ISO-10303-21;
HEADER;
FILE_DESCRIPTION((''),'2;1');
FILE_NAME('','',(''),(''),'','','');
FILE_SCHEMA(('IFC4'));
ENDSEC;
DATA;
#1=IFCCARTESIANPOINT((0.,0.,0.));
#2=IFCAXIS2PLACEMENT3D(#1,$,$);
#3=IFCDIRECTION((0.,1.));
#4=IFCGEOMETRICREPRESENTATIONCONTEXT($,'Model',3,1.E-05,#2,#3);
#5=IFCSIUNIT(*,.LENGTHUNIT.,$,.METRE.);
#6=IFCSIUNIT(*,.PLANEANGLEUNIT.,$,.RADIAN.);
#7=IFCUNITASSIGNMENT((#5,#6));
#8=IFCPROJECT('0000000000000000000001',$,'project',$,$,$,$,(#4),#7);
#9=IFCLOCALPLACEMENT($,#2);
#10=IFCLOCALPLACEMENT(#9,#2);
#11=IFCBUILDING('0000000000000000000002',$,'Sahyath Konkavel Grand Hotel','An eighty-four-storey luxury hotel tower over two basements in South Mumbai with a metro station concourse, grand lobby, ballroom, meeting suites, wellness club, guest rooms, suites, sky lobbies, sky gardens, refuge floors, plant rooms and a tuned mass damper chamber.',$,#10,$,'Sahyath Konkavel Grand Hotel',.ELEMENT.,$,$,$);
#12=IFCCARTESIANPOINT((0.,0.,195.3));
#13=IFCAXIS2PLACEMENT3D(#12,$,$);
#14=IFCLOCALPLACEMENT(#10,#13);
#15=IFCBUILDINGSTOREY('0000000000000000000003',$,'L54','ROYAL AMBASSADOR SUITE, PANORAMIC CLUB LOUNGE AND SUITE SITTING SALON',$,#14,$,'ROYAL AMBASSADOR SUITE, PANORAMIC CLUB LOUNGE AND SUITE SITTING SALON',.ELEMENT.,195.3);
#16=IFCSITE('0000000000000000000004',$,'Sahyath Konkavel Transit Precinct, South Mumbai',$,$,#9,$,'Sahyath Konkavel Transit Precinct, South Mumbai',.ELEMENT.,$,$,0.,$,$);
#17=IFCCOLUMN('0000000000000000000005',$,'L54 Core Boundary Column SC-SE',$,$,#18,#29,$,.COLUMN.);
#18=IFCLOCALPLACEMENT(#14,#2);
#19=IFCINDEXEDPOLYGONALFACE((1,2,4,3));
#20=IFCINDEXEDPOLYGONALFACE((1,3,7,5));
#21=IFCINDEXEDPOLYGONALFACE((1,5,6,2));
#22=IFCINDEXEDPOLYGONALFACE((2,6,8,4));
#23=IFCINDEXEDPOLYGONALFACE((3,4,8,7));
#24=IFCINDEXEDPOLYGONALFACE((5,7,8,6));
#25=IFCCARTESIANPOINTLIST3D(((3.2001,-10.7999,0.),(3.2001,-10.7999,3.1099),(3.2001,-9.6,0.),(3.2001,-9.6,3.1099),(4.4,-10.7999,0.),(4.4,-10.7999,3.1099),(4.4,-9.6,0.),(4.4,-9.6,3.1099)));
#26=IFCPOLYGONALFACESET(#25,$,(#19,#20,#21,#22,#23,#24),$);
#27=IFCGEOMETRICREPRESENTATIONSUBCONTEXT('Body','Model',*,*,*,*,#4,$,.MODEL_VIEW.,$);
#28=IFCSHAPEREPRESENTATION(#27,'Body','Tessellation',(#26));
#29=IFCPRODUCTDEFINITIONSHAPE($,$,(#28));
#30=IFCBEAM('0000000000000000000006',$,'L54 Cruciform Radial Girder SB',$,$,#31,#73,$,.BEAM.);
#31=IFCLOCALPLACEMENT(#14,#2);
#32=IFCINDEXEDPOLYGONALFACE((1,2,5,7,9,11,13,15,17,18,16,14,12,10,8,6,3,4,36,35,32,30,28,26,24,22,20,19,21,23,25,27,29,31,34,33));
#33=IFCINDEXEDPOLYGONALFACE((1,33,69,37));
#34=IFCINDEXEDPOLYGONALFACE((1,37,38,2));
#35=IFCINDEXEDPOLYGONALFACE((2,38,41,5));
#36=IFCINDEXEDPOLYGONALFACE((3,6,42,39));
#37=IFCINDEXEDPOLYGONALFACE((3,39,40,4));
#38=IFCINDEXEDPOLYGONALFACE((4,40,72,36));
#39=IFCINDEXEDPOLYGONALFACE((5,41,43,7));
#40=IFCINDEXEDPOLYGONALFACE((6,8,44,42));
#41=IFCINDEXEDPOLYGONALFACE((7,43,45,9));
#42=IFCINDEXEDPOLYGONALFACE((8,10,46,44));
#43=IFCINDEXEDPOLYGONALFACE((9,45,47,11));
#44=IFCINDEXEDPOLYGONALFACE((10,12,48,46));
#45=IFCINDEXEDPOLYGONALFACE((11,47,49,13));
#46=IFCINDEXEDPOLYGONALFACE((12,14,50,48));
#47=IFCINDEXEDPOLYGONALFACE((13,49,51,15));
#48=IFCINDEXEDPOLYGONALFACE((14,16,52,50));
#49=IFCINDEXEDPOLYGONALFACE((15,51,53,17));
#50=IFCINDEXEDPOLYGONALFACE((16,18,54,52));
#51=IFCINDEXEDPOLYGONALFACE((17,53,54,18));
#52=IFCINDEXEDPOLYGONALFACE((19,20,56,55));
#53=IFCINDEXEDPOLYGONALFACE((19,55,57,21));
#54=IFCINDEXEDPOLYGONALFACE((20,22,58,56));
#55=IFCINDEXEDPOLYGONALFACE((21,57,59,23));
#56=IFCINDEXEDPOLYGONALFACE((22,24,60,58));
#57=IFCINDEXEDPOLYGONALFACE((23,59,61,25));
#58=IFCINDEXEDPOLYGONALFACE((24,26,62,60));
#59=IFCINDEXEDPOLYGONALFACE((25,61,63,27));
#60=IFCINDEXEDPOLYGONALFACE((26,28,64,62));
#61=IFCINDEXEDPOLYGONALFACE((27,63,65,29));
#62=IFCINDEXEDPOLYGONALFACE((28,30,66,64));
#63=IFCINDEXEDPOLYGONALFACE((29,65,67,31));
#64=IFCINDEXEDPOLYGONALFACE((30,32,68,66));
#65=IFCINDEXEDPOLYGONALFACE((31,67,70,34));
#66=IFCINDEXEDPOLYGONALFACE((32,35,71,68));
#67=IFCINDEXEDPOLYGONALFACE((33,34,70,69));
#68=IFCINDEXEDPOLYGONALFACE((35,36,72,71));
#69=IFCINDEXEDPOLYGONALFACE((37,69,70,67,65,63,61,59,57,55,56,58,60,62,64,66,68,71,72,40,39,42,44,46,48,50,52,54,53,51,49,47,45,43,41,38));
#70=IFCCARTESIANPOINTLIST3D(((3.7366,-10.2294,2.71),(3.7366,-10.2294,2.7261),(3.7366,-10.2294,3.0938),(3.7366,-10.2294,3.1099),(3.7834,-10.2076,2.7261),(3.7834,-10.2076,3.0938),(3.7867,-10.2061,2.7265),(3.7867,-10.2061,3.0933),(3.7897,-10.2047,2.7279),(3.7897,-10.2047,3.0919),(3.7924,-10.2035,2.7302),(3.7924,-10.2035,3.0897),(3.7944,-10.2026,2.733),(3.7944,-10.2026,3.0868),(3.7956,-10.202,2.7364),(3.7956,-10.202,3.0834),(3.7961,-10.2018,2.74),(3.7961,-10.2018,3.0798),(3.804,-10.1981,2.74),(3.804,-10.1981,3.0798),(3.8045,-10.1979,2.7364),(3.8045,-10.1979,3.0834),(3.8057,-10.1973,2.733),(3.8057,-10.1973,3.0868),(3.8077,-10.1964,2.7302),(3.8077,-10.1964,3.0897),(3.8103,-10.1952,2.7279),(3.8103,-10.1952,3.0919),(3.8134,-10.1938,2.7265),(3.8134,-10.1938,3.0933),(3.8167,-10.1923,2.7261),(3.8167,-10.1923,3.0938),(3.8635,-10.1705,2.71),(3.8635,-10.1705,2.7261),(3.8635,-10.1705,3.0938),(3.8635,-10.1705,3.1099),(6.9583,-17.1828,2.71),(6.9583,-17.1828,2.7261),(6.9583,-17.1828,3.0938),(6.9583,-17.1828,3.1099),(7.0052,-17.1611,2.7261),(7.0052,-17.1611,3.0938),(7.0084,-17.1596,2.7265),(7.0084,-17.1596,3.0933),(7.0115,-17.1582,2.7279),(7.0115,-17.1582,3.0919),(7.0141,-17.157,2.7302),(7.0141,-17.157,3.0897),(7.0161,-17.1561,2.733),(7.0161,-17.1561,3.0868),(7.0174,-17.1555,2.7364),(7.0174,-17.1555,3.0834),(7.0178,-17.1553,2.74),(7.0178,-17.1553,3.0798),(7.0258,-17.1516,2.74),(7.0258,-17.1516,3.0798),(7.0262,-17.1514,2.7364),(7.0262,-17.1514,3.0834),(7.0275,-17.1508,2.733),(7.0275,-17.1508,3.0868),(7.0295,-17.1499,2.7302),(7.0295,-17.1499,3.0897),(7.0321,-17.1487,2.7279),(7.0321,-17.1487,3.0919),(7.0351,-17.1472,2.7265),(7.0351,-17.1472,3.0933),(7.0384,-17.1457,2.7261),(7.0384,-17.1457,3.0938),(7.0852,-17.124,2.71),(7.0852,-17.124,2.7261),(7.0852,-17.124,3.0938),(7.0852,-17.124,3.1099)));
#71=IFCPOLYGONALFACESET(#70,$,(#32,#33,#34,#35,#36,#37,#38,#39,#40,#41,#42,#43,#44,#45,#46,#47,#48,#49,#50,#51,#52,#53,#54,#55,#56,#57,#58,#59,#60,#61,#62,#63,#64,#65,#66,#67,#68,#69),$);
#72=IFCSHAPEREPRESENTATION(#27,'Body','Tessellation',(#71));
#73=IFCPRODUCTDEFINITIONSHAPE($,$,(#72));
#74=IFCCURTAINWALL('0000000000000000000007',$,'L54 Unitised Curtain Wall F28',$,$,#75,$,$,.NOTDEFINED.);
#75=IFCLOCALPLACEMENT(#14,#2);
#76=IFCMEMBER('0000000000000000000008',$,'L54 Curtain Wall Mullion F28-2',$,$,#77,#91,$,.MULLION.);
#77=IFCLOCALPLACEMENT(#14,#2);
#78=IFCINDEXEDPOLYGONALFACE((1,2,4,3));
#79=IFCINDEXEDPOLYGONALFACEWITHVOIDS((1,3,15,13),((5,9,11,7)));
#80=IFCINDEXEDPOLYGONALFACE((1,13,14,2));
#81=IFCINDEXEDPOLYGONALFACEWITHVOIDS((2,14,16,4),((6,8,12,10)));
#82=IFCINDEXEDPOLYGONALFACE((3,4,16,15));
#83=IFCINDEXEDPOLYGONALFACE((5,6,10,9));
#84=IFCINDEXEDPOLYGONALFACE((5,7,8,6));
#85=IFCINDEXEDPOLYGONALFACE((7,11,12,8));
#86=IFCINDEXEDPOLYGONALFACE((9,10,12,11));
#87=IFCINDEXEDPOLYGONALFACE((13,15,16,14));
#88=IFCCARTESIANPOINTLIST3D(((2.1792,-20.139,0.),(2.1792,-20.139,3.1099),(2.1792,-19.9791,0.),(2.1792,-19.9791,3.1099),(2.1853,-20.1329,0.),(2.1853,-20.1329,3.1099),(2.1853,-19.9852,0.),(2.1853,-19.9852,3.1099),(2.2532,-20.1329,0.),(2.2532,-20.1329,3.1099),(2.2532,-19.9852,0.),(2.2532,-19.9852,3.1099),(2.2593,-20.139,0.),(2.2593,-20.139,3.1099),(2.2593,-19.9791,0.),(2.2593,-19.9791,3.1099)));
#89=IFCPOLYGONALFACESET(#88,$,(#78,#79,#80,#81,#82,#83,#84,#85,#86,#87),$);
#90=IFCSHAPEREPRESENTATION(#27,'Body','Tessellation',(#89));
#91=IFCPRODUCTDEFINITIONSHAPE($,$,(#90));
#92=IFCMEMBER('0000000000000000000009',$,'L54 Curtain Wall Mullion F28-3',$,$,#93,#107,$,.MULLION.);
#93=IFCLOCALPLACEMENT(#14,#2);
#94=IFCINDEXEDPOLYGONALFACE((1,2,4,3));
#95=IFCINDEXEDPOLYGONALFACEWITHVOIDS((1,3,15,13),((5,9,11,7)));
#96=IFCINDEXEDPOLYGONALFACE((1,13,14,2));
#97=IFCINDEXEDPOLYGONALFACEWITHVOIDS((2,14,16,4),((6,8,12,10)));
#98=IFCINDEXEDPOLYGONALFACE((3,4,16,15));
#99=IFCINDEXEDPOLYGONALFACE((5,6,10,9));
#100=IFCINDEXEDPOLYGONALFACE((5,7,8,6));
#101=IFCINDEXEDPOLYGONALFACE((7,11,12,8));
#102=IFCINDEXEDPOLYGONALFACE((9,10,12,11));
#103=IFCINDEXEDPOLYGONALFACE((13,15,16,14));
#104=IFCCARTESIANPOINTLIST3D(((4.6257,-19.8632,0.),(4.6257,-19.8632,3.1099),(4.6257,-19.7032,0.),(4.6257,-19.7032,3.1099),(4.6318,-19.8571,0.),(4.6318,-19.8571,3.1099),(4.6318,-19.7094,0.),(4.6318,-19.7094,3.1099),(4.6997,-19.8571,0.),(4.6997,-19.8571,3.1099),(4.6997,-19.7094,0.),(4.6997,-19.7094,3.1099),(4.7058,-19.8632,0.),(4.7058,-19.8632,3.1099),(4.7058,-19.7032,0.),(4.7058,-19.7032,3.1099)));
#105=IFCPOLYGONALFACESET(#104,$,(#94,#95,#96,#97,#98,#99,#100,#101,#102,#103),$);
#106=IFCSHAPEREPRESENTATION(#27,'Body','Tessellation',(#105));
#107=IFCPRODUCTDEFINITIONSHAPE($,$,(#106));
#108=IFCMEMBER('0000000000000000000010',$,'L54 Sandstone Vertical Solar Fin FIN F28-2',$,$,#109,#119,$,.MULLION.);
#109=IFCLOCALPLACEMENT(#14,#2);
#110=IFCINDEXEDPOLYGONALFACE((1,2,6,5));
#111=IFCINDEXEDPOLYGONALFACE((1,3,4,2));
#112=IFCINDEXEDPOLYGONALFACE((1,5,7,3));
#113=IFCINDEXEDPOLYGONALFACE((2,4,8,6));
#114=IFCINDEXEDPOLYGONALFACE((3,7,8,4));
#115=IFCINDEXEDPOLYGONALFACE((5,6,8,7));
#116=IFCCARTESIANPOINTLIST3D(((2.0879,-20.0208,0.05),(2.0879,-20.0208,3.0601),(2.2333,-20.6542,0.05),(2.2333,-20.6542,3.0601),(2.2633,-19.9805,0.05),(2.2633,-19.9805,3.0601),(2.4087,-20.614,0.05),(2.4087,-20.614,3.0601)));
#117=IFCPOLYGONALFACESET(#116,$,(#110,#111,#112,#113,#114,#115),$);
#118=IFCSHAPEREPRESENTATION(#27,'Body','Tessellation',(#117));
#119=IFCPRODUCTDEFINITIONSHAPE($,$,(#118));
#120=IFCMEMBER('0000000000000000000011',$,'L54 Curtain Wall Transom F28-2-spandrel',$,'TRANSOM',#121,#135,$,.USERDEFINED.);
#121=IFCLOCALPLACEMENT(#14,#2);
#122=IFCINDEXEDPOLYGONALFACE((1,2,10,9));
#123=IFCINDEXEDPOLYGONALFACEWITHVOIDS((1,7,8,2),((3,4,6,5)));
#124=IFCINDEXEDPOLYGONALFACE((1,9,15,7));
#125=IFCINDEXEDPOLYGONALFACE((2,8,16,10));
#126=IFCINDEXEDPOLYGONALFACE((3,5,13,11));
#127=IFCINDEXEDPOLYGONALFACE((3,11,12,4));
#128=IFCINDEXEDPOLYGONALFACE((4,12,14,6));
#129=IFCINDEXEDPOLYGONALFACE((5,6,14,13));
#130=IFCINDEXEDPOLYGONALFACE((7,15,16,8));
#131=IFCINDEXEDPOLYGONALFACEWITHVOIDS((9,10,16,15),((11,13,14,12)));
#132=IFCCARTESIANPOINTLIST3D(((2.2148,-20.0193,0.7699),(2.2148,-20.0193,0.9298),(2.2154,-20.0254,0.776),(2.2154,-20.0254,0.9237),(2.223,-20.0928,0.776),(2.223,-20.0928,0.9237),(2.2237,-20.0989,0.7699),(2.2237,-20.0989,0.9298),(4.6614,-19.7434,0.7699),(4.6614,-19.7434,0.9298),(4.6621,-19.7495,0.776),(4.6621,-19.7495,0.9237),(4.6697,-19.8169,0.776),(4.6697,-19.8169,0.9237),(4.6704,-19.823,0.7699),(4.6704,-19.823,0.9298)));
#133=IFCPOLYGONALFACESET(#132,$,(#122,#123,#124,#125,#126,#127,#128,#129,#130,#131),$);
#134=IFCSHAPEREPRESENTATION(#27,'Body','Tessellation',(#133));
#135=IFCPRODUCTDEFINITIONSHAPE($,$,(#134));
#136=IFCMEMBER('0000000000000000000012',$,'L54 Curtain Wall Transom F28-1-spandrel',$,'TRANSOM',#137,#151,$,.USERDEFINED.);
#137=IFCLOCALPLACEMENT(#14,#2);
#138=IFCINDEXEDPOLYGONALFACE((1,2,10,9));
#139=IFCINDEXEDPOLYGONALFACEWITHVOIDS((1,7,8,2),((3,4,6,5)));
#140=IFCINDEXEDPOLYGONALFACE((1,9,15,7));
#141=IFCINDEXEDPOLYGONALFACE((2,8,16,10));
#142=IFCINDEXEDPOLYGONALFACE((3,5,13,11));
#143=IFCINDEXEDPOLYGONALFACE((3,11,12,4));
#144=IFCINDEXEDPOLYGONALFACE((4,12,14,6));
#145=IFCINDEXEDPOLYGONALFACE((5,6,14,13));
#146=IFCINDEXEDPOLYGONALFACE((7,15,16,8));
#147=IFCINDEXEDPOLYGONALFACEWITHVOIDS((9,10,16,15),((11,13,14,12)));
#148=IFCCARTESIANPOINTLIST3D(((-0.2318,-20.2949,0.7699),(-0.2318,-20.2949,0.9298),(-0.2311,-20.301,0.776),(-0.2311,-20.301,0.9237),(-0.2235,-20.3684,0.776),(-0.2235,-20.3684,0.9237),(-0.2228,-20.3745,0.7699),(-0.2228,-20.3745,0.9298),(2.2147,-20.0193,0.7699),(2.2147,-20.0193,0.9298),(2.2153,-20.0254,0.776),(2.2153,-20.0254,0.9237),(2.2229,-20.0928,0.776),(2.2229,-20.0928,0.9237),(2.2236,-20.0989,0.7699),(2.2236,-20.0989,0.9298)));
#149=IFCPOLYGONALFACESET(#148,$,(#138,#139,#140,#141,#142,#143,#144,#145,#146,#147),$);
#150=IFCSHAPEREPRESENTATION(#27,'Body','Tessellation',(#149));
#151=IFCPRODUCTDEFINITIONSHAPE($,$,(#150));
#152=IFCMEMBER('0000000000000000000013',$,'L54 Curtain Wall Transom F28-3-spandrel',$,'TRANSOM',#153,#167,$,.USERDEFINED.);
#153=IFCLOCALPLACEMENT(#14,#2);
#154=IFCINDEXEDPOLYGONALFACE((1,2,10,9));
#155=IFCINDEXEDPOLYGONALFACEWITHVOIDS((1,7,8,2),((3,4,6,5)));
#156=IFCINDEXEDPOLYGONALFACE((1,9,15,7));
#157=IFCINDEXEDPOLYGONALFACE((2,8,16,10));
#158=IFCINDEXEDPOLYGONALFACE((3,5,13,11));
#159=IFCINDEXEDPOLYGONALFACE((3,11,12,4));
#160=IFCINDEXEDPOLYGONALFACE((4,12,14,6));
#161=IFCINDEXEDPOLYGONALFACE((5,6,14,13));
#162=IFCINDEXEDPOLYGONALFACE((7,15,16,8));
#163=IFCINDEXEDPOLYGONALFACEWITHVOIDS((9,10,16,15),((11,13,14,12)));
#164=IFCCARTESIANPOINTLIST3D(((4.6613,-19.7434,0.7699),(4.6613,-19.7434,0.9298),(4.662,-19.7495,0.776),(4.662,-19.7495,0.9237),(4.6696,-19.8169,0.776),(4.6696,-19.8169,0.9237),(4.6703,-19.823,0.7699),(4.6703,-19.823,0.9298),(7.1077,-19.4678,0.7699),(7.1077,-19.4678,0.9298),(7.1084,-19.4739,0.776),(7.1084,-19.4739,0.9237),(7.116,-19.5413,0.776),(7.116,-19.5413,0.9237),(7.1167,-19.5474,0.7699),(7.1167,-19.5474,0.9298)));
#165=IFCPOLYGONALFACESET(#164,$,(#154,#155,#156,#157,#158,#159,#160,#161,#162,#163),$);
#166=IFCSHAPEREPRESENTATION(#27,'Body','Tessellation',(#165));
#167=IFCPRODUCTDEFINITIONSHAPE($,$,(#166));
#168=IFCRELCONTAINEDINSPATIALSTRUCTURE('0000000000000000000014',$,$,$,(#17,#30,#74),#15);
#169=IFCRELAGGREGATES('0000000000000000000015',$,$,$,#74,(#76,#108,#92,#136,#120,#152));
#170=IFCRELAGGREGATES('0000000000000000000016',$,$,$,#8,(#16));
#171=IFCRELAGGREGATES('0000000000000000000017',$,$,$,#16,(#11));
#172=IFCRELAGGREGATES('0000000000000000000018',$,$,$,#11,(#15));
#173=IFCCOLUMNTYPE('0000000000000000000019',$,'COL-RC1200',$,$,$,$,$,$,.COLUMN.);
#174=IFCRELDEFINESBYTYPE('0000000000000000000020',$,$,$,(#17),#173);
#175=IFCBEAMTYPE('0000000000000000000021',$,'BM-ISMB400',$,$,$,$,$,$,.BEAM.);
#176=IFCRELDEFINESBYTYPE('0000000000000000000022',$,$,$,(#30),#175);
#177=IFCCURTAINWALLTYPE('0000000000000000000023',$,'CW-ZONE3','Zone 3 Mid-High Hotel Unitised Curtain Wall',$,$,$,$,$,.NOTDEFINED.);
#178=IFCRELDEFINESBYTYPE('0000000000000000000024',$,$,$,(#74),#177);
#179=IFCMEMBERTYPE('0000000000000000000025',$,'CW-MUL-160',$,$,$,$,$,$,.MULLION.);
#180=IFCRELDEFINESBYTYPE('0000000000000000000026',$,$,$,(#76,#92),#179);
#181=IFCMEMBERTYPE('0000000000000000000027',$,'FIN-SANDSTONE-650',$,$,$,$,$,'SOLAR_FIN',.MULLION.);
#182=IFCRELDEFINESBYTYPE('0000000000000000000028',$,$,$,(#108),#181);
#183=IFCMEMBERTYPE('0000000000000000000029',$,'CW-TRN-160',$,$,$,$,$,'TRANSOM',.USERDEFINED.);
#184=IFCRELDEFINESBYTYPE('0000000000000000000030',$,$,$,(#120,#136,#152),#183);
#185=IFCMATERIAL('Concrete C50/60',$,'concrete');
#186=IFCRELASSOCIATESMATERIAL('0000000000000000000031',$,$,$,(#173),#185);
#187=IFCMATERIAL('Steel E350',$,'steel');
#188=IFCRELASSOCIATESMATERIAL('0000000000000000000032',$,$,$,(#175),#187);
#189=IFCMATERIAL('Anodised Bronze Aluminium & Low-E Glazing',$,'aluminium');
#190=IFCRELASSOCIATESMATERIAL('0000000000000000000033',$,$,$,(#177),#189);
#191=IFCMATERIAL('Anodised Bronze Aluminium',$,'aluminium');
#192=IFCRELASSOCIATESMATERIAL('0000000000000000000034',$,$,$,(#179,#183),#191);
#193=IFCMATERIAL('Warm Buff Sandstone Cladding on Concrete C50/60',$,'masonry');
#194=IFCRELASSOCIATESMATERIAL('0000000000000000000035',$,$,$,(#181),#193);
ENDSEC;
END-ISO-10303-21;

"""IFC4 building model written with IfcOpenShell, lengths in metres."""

from ifc_helpers import new_model, si_unit, direction, frame, origin, origin_2d, place, context, subcontext, project, spatial, rectangle, hollow_rectangle, i_section, extrude, source, transform, mapped, material, material_profile, profile_set, type_object, element, aggregate, save


model = new_model("IFC4")

# Units and contexts
model_context = context("Model", 3, precision=1e-05, world=origin(), true_north=direction((0.0, 1.0)))
body_context = subcontext(model_context, "Body", "Model", "MODEL_VIEW")
ifc_project = project(units=[si_unit("LENGTHUNIT", "METRE"), si_unit("PLANEANGLEUNIT", "RADIAN")], contexts=[model_context])

# Site, building, storey
site_placement = place(None, origin())
site = spatial("IfcSite", under=ifc_project, at=site_placement, Name="Sahyath Konkavel Transit Precinct, South Mumbai", LongName="Sahyath Konkavel Transit Precinct, South Mumbai", CompositionType="ELEMENT", RefElevation=0.0)
building_placement = place(site_placement, origin())
building = spatial("IfcBuilding", under=site, at=building_placement, Name="Sahyath Konkavel Grand Hotel", Description="An eighty-four-storey luxury hotel tower over two basements in South Mumbai with a metro station concourse, grand lobby, ballroom, meeting suites, wellness club, guest rooms, suites, sky lobbies, sky gardens, refuge floors, plant rooms and a tuned mass damper chamber.", LongName="Sahyath Konkavel Grand Hotel", CompositionType="ELEMENT")
storey_placement = place(building_placement, frame((0.0, 0.0, 195.3)))
storey = spatial("IfcBuildingStorey", under=building, at=storey_placement, Name="L54", Description="ROYAL AMBASSADOR SUITE, PANORAMIC CLUB LOUNGE AND SUITE SITTING SALON", LongName="ROYAL AMBASSADOR SUITE, PANORAMIC CLUB LOUNGE AND SUITE SITTING SALON", CompositionType="ELEMENT", Elevation=195.3)

# Column
ifc_material_1 = material(Name="Concrete C50/60", Category="concrete")
ifc_material_profile_1 = material_profile(ifc_material_1, rectangle(XDim=1.2, YDim=1.2, at=origin_2d()), Name="RC 1200x1200")
ifc_profile_set_1 = profile_set([ifc_material_profile_1], Name="Concrete C50/60")
column_type = type_object("IfcColumnType", Name="COL-RC1200", PredefinedType="COLUMN", material=ifc_profile_set_1)
shared_shape_1 = source(origin(), body_context, "Body", "SweptSolid", [
    extrude(rectangle(XDim=1.2, YDim=1.2, at=origin_2d()), origin(), (0.0, 0.0, 1.0), 3.1099),
])
column_placement = place(storey_placement, frame((3.8, -10.2, 0.0), z_axis=(0.0, 0.0, 1.0), x_axis=(1.0, 0.0, 0.0)))
element("IfcColumn", 1, at=column_placement, inside=storey, type_object=column_type, Name="L54 Core Boundary Column SC-SE", PredefinedType="COLUMN", context=body_context, shape_type="MappedRepresentation", body=[
    mapped(shared_shape_1, transform((0.0, 0.0, 0.0), scale=1.0)),
])

# Beam
ifc_material_2 = material(Name="Steel E350", Category="steel")
ifc_material_profile_2 = material_profile(ifc_material_2, i_section(OverallWidth=0.1399, OverallDepth=0.3999, WebThickness=0.0088, FlangeThickness=0.0161, FilletRadius=0.0139, at=origin_2d()), Name="ISMB 400")
ifc_profile_set_2 = profile_set([ifc_material_profile_2], Name="Steel E350")
beam_type_1 = type_object("IfcBeamType", Name="BM-ISMB400", PredefinedType="BEAM", material=ifc_profile_set_2)
shared_shape_2 = source(origin(), body_context, "Body", "SweptSolid", [
    extrude(i_section(OverallWidth=0.1399, OverallDepth=0.3999, WebThickness=0.0088, FlangeThickness=0.0161, FilletRadius=0.0139, at=origin_2d()), origin(), (0.0, 0.0, 1.0), 7.6636),
])
beam_1_placement = place(storey_placement, frame((3.8, -10.2, 2.9099), z_axis=(0.420395, -0.907341, 0.0), x_axis=(0.907341, 0.420395, 0.0)))
element("IfcBeam", 2, at=beam_1_placement, inside=storey, type_object=beam_type_1, Name="L54 Cruciform Radial Girder SB", PredefinedType="BEAM", context=body_context, shape_type="MappedRepresentation", body=[
    mapped(shared_shape_2, transform((0.0, 0.0, 0.0), scale=1.0)),
])

# Curtain wall, members
ifc_material_3 = material(Name="Anodised Bronze Aluminium & Low-E Glazing", Category="aluminium")
curtain_wall_type = type_object("IfcCurtainWallType", Name="CW-ZONE3", Description="Zone 3 Mid-High Hotel Unitised Curtain Wall", PredefinedType="NOTDEFINED", material=ifc_material_3)
curtain_wall_placement = place(storey_placement, origin())
curtain_wall = element("IfcCurtainWall", 3, at=curtain_wall_placement, inside=storey, type_object=curtain_wall_type, Name="L54 Unitised Curtain Wall F28", PredefinedType="NOTDEFINED")
ifc_material_4 = material(Name="Anodised Bronze Aluminium", Category="aluminium")
ifc_material_profile_3 = material_profile(ifc_material_4, hollow_rectangle(XDim=0.0801, YDim=0.1599, WallThickness=0.0061, at=origin_2d()), Name="RHS 160x80x6")
ifc_profile_set_3 = profile_set([ifc_material_profile_3], Name="Anodised Bronze Aluminium")
member_type_1 = type_object("IfcMemberType", Name="CW-MUL-160", PredefinedType="MULLION", material=ifc_profile_set_3)
shared_shape_3 = source(origin(), body_context, "Body", "SweptSolid", [
    extrude(hollow_rectangle(XDim=0.0801, YDim=0.1599, WallThickness=0.0061, at=origin_2d()), origin(), (0.0, 0.0, 1.0), 3.1099),
])
member_1_placement = place(storey_placement, frame((2.2192, -20.0591, 0.0), z_axis=(0.0, 0.0, 1.0), x_axis=(1.0, 0.0, 0.0)))
member_1 = element("IfcMember", 4, at=member_1_placement, type_object=member_type_1, Name="L54 Curtain Wall Mullion F28-2", PredefinedType="MULLION", context=body_context, shape_type="MappedRepresentation", body=[
    mapped(shared_shape_3, transform((0.0, 0.0, 0.0), scale=1.0)),
])
member_2_placement = place(storey_placement, frame((4.6658, -19.7832, 0.0), z_axis=(0.0, 0.0, 1.0), x_axis=(1.0, 0.0, 0.0)))
member_2 = element("IfcMember", 5, at=member_2_placement, type_object=member_type_1, Name="L54 Curtain Wall Mullion F28-3", PredefinedType="MULLION", context=body_context, shape_type="MappedRepresentation", body=[
    mapped(shared_shape_3, transform((0.0, 0.0, 0.0), scale=1.0)),
])
ifc_material_5 = material(Name="Warm Buff Sandstone Cladding on Concrete C50/60", Category="masonry")
ifc_material_profile_4 = material_profile(ifc_material_5, rectangle(XDim=0.1799, YDim=0.6499, at=origin_2d()), Name="FIN 180x650")
ifc_profile_set_4 = profile_set([ifc_material_profile_4], Name="Warm Buff Sandstone Cladding on Concrete C50/60")
member_type_2 = type_object("IfcMemberType", Name="FIN-SANDSTONE-650", ElementType="SOLAR_FIN", PredefinedType="MULLION", material=ifc_profile_set_4)
shared_shape_4 = source(origin(), body_context, "Body", "SweptSolid", [
    extrude(rectangle(XDim=0.1799, YDim=0.6499, at=origin_2d()), origin(), (0.0, 0.0, 1.0), 3.01),
])
member_3_placement = place(storey_placement, frame((2.2483, -20.3174, 0.05), z_axis=(0.0, 0.0, 1.0), x_axis=(0.974644, 0.22376, 0.0)))
member_3 = element("IfcMember", 6, at=member_3_placement, type_object=member_type_2, Name="L54 Sandstone Vertical Solar Fin FIN F28-2", PredefinedType="MULLION", context=body_context, shape_type="MappedRepresentation", body=[
    mapped(shared_shape_4, transform((0.0, 0.0, 0.0), scale=1.0)),
])
ifc_material_profile_5 = material_profile(ifc_material_4, hollow_rectangle(XDim=0.0801, YDim=0.1599, WallThickness=0.0061, at=origin_2d()), Name="RHS 160x80x6")
ifc_profile_set_5 = profile_set([ifc_material_profile_5], Name="Anodised Bronze Aluminium")
member_type_3 = type_object("IfcMemberType", Name="CW-TRN-160", ElementType="TRANSOM", PredefinedType="USERDEFINED", material=ifc_profile_set_5)
shared_shape_5 = source(origin(), body_context, "Body", "SweptSolid", [
    extrude(hollow_rectangle(XDim=0.0801, YDim=0.1599, WallThickness=0.0061, at=origin_2d()), origin(), (0.0, 0.0, 1.0), 2.4622),
])
member_4_placement = place(storey_placement, frame((2.2192, -20.0591, 0.8499), z_axis=(0.993702, 0.112053, 0.0), x_axis=(-0.112053, 0.993702, 0.0)))
member_4 = element("IfcMember", 7, at=member_4_placement, type_object=member_type_3, Name="L54 Curtain Wall Transom F28-2-spandrel", ObjectType="TRANSOM", PredefinedType="USERDEFINED", context=body_context, shape_type="MappedRepresentation", body=[
    mapped(shared_shape_5, transform((0.0, 0.0, 0.0), scale=1.0)),
])
shared_shape_6 = source(origin(), body_context, "Body", "SweptSolid", [
    extrude(hollow_rectangle(XDim=0.0801, YDim=0.1599, WallThickness=0.0061, at=origin_2d()), origin(), (0.0, 0.0, 1.0), 2.4619),
])
member_5_placement = place(storey_placement, frame((-0.2273, -20.3347, 0.8499), z_axis=(0.993713, 0.111955, 0.0), x_axis=(-0.111955, 0.993713, 0.0)))
member_5 = element("IfcMember", 8, at=member_5_placement, type_object=member_type_3, Name="L54 Curtain Wall Transom F28-1-spandrel", ObjectType="TRANSOM", PredefinedType="USERDEFINED", context=body_context, shape_type="MappedRepresentation", body=[
    mapped(shared_shape_6, transform((0.0, 0.0, 0.0), scale=1.0)),
])
member_6_placement = place(storey_placement, frame((4.6658, -19.7832, 0.8499), z_axis=(0.993713, 0.111955, 0.0), x_axis=(-0.111955, 0.993713, 0.0)))
member_6 = element("IfcMember", 9, at=member_6_placement, type_object=member_type_3, Name="L54 Curtain Wall Transom F28-3-spandrel", ObjectType="TRANSOM", PredefinedType="USERDEFINED", context=body_context, shape_type="MappedRepresentation", body=[
    mapped(shared_shape_6, transform((0.0, 0.0, 0.0), scale=1.0)),
])

aggregate(curtain_wall, [member_1, member_3, member_2, member_5, member_4, member_6])

save(model, "model.ifc")
